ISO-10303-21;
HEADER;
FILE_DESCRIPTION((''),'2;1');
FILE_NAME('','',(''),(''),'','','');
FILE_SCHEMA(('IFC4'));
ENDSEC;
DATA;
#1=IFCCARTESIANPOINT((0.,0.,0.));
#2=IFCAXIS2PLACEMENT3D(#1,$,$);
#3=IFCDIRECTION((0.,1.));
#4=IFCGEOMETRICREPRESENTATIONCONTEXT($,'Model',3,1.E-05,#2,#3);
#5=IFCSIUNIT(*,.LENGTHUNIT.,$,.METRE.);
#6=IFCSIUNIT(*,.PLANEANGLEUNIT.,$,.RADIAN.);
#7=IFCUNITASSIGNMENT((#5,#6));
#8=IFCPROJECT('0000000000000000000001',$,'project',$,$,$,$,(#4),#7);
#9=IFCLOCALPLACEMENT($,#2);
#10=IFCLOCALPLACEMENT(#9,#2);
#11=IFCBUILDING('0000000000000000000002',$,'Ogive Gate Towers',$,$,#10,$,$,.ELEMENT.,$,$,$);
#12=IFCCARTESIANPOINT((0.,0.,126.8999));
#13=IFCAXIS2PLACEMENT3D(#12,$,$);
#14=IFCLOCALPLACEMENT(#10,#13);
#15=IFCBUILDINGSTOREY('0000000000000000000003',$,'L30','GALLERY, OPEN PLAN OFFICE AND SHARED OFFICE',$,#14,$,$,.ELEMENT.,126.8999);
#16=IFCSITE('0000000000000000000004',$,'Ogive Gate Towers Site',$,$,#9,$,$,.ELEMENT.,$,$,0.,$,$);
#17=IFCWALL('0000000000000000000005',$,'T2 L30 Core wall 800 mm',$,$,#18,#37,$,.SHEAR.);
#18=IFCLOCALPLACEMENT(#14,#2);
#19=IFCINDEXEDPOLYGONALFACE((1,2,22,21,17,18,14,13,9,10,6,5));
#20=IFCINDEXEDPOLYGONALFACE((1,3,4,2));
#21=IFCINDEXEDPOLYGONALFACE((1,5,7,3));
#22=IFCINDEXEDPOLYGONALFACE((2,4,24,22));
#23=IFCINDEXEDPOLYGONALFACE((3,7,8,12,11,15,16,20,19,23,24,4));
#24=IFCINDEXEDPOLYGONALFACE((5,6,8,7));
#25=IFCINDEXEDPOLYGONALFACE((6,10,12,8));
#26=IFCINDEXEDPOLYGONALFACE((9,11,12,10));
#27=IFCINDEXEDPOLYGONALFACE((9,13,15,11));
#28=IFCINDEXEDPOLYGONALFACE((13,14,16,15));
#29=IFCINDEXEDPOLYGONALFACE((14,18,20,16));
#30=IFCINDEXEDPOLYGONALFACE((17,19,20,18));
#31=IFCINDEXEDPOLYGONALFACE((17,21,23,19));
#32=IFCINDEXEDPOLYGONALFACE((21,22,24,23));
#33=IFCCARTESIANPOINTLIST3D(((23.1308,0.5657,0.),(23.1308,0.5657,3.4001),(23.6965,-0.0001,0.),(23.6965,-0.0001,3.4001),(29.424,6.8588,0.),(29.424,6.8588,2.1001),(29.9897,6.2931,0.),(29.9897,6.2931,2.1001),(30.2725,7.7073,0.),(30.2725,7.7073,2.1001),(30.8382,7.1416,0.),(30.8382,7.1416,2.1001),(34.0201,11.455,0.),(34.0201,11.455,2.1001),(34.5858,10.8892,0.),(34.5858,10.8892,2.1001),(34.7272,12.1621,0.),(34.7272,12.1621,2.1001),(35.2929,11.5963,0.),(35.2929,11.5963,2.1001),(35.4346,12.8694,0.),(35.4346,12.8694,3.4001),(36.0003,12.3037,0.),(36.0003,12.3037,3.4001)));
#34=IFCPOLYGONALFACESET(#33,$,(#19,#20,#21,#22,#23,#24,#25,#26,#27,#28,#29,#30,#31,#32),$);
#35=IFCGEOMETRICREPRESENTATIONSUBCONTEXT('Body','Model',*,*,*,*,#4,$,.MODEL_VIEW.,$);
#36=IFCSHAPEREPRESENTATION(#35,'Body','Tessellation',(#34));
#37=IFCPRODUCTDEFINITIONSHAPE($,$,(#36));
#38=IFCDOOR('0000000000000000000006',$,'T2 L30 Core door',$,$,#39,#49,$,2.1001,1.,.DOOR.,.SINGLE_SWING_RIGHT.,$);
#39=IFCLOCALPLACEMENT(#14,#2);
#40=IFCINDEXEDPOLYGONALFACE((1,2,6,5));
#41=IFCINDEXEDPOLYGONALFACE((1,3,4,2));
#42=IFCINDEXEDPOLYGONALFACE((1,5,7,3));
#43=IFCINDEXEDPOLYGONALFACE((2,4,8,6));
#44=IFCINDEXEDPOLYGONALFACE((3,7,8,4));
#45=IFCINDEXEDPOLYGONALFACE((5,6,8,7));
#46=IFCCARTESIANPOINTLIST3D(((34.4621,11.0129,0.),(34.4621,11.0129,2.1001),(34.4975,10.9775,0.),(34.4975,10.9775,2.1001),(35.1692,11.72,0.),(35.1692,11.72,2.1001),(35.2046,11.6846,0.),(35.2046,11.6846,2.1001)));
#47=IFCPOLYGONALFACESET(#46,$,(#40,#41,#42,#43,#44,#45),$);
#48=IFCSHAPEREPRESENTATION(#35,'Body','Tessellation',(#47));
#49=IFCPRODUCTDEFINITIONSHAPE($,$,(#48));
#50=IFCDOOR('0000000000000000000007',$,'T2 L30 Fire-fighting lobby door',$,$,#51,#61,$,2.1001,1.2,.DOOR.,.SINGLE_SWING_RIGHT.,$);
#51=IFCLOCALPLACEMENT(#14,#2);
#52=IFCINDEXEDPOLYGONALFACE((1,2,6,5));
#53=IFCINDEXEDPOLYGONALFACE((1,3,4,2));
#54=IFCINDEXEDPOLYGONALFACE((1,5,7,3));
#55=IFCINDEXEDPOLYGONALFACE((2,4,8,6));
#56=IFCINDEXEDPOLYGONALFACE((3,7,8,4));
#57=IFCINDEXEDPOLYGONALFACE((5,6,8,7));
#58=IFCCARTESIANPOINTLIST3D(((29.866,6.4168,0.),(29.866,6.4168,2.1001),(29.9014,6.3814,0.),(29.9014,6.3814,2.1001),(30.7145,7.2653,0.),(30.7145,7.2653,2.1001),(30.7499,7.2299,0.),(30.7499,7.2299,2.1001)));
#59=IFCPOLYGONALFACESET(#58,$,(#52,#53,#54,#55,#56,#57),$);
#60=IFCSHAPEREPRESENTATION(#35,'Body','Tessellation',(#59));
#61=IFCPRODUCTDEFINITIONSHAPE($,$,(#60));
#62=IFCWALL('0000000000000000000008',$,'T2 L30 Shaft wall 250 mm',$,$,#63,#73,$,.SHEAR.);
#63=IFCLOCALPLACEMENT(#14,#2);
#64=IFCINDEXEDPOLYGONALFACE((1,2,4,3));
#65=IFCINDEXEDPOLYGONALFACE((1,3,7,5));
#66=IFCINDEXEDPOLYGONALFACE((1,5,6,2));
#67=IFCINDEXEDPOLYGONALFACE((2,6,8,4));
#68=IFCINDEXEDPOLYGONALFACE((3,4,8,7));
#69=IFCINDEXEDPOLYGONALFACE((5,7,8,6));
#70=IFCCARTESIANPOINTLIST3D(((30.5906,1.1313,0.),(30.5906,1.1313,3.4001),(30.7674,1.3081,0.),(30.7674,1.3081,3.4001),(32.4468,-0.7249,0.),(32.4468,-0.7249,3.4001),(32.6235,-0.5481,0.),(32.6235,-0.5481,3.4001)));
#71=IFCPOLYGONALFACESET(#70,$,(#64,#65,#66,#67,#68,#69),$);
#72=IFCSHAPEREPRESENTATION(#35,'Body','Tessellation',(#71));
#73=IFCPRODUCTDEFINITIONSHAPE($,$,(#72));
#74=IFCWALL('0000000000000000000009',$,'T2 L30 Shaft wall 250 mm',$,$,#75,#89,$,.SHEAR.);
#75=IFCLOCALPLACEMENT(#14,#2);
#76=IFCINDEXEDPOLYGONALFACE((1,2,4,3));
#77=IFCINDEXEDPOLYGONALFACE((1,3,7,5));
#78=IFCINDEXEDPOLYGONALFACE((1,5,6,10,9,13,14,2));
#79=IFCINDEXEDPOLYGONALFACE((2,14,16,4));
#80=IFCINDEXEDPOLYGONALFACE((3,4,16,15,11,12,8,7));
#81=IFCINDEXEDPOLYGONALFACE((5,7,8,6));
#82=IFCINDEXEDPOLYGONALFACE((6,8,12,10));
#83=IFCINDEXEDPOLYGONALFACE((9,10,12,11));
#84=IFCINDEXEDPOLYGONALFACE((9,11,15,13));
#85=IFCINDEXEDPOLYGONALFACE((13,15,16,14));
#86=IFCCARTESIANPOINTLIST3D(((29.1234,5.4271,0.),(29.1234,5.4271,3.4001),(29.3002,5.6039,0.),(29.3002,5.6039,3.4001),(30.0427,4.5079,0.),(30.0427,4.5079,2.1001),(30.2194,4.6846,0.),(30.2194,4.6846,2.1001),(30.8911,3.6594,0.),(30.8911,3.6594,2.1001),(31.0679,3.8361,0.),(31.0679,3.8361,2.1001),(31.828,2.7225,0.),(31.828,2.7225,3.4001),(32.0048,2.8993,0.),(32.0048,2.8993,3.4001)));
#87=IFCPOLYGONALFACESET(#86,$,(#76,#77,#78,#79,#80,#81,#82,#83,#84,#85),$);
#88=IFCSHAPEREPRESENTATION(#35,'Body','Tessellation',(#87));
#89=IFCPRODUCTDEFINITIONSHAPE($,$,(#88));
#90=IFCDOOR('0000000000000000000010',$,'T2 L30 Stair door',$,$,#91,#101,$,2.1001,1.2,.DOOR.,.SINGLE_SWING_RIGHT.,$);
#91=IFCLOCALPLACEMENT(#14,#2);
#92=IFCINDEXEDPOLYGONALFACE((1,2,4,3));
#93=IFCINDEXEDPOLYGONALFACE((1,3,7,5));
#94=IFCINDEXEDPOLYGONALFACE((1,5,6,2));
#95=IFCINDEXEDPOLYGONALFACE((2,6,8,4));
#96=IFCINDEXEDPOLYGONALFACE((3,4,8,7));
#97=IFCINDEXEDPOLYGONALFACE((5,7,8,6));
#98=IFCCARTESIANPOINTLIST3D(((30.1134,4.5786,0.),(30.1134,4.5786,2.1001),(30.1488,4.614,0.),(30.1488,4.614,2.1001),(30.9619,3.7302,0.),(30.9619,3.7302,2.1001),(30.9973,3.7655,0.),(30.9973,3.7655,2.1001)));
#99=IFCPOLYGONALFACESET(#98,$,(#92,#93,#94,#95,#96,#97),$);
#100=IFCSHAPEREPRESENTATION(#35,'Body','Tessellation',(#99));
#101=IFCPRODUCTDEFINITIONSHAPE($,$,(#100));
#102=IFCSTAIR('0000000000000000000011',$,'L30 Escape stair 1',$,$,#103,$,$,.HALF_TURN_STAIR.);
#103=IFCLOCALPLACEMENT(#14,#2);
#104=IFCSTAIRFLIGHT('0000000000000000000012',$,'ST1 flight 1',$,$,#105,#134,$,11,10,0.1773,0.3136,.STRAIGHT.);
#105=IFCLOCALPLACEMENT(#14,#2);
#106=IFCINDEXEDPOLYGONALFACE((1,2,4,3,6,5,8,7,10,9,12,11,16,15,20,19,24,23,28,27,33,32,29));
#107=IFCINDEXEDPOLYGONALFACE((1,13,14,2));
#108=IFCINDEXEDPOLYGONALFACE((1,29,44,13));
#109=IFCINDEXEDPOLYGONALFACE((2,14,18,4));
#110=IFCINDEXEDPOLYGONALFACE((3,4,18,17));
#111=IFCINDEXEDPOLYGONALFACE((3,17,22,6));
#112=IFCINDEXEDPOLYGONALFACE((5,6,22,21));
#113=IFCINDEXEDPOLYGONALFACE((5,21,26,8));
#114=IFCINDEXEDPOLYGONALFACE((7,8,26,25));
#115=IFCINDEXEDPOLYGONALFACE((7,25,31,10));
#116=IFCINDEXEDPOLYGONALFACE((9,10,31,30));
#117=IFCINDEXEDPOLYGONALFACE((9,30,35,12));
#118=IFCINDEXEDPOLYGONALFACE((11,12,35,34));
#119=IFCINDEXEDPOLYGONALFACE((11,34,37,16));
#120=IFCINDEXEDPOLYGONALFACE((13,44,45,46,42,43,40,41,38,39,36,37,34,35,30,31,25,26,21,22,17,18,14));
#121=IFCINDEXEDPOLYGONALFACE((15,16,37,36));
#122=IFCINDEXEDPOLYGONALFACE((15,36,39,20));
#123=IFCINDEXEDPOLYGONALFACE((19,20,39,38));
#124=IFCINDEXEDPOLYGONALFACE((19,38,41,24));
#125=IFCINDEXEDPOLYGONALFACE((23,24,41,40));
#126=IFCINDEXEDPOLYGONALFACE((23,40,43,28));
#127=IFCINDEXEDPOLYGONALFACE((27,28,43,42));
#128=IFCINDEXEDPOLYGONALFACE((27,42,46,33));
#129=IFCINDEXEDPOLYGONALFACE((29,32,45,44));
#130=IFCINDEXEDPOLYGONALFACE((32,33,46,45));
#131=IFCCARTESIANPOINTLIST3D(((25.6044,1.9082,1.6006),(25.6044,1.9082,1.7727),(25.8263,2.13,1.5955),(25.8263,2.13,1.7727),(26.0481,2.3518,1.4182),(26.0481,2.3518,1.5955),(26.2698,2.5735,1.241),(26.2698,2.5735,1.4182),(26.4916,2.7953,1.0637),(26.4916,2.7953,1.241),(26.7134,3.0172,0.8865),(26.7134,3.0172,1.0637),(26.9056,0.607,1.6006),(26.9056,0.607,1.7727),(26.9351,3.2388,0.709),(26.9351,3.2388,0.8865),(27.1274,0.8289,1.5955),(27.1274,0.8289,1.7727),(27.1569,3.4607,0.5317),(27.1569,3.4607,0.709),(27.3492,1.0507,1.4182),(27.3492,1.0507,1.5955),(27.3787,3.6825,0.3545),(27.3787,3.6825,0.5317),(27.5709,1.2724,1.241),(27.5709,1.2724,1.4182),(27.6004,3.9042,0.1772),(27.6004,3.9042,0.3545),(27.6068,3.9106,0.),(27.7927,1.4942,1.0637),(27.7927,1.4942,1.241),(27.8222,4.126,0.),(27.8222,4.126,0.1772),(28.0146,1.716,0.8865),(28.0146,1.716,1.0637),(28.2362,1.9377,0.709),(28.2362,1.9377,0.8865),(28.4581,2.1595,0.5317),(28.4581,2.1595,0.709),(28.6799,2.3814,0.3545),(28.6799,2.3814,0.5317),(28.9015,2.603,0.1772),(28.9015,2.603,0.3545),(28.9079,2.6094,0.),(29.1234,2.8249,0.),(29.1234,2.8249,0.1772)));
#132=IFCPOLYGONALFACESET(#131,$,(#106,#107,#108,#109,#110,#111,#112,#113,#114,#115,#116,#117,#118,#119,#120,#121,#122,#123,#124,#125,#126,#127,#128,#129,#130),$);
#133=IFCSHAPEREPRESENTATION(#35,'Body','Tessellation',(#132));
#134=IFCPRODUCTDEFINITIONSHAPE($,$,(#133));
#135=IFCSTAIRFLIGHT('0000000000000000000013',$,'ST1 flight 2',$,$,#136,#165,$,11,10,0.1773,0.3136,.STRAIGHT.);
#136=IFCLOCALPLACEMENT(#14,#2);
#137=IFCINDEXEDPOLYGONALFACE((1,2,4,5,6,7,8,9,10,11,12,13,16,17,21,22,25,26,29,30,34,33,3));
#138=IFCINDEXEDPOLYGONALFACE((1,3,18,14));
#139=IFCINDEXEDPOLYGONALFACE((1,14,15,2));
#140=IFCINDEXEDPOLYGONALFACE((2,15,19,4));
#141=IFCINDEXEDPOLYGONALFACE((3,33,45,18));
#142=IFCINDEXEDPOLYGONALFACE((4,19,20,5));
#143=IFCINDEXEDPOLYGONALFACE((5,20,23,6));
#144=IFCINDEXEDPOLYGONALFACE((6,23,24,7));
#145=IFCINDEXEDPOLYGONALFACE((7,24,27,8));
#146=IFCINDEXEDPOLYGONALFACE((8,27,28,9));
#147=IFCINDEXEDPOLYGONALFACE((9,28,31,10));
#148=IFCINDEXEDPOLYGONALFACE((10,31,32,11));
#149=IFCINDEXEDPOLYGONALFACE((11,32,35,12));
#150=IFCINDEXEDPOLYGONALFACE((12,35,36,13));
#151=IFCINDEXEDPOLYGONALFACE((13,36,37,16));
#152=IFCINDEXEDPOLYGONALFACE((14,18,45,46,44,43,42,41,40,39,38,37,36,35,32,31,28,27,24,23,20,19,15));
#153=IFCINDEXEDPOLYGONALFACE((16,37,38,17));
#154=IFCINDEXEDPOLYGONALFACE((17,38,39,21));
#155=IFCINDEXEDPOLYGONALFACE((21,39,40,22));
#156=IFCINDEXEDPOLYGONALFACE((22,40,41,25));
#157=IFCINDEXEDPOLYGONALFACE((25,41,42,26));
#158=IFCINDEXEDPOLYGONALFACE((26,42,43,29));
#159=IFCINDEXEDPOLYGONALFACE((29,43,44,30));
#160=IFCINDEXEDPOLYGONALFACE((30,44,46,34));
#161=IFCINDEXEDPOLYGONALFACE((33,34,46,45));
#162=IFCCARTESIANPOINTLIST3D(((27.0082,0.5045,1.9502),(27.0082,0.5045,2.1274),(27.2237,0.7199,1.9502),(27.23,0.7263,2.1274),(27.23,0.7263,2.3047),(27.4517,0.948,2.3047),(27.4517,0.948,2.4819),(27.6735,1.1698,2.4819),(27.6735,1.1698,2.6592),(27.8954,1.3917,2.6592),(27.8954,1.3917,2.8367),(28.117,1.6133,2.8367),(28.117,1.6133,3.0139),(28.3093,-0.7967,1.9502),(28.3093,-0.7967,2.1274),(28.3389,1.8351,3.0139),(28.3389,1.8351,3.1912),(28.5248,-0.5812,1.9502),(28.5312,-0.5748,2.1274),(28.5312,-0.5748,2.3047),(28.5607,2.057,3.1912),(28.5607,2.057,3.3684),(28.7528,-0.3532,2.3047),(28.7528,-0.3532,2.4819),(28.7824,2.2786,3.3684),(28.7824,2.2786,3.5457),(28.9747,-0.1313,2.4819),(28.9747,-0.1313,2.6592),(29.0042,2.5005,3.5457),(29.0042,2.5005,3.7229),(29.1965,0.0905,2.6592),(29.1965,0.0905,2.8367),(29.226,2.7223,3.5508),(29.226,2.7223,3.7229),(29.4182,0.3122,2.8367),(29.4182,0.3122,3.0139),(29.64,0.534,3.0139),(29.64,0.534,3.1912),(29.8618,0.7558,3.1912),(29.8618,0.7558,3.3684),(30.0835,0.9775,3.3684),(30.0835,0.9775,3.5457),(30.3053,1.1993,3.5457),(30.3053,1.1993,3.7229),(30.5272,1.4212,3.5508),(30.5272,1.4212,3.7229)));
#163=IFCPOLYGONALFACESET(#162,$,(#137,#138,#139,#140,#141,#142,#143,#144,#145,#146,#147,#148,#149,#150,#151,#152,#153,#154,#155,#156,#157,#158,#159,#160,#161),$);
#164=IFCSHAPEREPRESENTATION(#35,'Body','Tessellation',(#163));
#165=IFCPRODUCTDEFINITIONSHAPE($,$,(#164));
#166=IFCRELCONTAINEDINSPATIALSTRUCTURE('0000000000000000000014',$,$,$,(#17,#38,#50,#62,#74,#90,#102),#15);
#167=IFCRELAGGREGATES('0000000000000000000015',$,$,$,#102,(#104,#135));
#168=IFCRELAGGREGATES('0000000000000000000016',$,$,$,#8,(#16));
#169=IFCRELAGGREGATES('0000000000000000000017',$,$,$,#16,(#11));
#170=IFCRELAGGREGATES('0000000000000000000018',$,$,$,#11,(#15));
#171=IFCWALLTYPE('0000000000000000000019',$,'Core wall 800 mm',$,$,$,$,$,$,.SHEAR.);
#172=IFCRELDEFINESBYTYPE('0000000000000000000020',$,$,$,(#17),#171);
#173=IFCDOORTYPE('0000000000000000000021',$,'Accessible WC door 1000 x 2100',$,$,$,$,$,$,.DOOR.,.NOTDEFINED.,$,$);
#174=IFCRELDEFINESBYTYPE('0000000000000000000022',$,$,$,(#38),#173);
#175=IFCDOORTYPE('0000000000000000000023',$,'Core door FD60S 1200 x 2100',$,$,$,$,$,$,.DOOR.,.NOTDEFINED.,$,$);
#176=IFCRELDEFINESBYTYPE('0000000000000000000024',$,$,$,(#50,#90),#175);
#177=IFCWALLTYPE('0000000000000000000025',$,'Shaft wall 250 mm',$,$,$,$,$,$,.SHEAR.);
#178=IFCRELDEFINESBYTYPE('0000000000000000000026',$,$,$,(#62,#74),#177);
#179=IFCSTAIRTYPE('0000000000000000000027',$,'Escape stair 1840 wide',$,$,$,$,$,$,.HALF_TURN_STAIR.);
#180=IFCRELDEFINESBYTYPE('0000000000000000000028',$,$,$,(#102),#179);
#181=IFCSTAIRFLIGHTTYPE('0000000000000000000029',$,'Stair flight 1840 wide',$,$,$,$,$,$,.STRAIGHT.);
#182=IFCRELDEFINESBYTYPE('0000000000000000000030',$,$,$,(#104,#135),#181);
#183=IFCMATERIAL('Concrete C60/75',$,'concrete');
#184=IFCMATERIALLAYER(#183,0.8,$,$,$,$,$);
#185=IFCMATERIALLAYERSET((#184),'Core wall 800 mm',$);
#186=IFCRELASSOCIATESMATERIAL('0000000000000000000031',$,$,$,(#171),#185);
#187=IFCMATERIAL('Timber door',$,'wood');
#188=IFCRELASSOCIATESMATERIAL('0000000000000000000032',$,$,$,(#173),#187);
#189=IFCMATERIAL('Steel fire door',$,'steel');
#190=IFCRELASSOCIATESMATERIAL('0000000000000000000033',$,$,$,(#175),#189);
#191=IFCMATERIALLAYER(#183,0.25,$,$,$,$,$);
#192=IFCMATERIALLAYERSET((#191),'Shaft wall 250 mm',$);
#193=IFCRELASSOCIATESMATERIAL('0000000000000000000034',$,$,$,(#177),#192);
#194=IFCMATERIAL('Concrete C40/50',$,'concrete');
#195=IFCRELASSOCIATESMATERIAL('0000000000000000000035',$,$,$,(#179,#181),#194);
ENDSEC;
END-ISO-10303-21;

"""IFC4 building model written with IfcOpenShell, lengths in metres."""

from ifc_helpers import new_model, si_unit, direction, frame, frame_2d, origin, place, context, subcontext, project, spatial, polyline, rectangle, outline, extrude, material, layer, layer_set, type_object, element, fill, aggregate, save


model = new_model("IFC4")

# Units and contexts
model_context = context("Model", 3, precision=1e-05, world=origin(), true_north=direction((0.0, 1.0)))
body_context = subcontext(model_context, "Body", "Model", "MODEL_VIEW")
ifc_project = project(units=[si_unit("LENGTHUNIT", "METRE"), si_unit("PLANEANGLEUNIT", "RADIAN")], contexts=[model_context])

# Site, building, storey
site_placement = place(None, origin())
site = spatial("IfcSite", under=ifc_project, at=site_placement, Name="Ogive Gate Towers Site", CompositionType="ELEMENT", RefElevation=0.0)
building_placement = place(site_placement, origin())
building = spatial("IfcBuilding", under=site, at=building_placement, Name="Ogive Gate Towers", CompositionType="ELEMENT")
storey_placement = place(building_placement, frame((0.0, 0.0, 126.8999)))
storey = spatial("IfcBuildingStorey", under=building, at=storey_placement, Name="L30", Description="GALLERY, OPEN PLAN OFFICE AND SHARED OFFICE", CompositionType="ELEMENT", Elevation=126.8999)

# Shared definitions
ifc_material_1 = material(Name="Concrete C40/50", Category="concrete")

# Shared definitions
ifc_material_2 = material(Name="Timber door", Category="wood")

# Wall, openings, doors
ifc_material_3 = material(Name="Concrete C60/75", Category="concrete")
ifc_layer_1 = layer(ifc_material_3, 0.8)
ifc_layer_set_1 = layer_set([ifc_layer_1], Name="Core wall 800 mm")
wall_type_1 = type_object("IfcWallType", Name="Core wall 800 mm", PredefinedType="SHEAR", material=ifc_layer_set_1)
wall_1_placement = place(storey_placement, frame((23.4136, 0.2827, 0.0), z_axis=(0.0, 0.0, 1.0), x_axis=(0.707107, 0.707107, 0.0)))
wall_1 = element("IfcWall", 1, at=wall_1_placement, inside=storey, type_object=wall_type_1, Name="T2 L30 Core wall 800 mm", PredefinedType="SHEAR", context=body_context, shape_type="SweptSolid", body=[
    extrude(rectangle(XDim=17.4001, YDim=0.8, at=frame_2d((8.7002, 0.0))), origin(), (0.0, 0.0, 1.0), 3.4001),
])
opening_1_placement = place(wall_1_placement, frame((8.8999, 0.0, 0.0)))
opening_1 = element("IfcOpeningElement", 2, at=opening_1_placement, cuts=wall_1, PredefinedType="OPENING", context=body_context, shape_type="SweptSolid", body=[
    extrude(rectangle(XDim=1.2, YDim=2.1001, at=frame_2d((0.6001, 1.05))), frame((0.0, 0.4102, 0.0), z_axis=(0.0, -1.0, 0.0), x_axis=(1.0, 0.0, 0.0)), (0.0, 0.0, 1.0), 0.8201),
])
opening_2_placement = place(wall_1_placement, frame((15.3999, 0.0, 0.0)))
opening_2 = element("IfcOpeningElement", 3, at=opening_2_placement, cuts=wall_1, PredefinedType="OPENING", context=body_context, shape_type="SweptSolid", body=[
    extrude(rectangle(XDim=1.0, YDim=2.1001, at=frame_2d((0.5, 1.05))), frame((0.0, 0.4102, 0.0), z_axis=(0.0, -1.0, 0.0), x_axis=(1.0, 0.0, 0.0)), (0.0, 0.0, 1.0), 0.8201),
])
door_type_1 = type_object("IfcDoorType", Name="Accessible WC door 1000 x 2100", OperationType="NOTDEFINED", PredefinedType="DOOR", material=ifc_material_2)
door_1_placement = place(opening_2_placement, origin())
door_1 = element("IfcDoor", 4, at=door_1_placement, inside=storey, type_object=door_type_1, Name="T2 L30 Core door", OperationType="SINGLE_SWING_RIGHT", OverallHeight=2.1001, OverallWidth=1.0, PredefinedType="DOOR", context=body_context, shape_type="SweptSolid", body=[
    extrude(rectangle(XDim=1.0, YDim=2.1001, at=frame_2d((0.5, 1.05))), frame((0.0, -0.2251, 0.0), z_axis=(0.0, -1.0, 0.0), x_axis=(1.0, 0.0, 0.0)), (0.0, 0.0, 1.0), 0.05),
])
fill(opening_2, door_1)
ifc_material_4 = material(Name="Steel fire door", Category="steel")
door_type_2 = type_object("IfcDoorType", Name="Core door FD60S 1200 x 2100", OperationType="NOTDEFINED", PredefinedType="DOOR", material=ifc_material_4)
door_2_placement = place(opening_1_placement, origin())
door_2 = element("IfcDoor", 5, at=door_2_placement, inside=storey, type_object=door_type_2, Name="T2 L30 Fire-fighting lobby door", OperationType="SINGLE_SWING_RIGHT", OverallHeight=2.1001, OverallWidth=1.2, PredefinedType="DOOR", context=body_context, shape_type="SweptSolid", body=[
    extrude(rectangle(XDim=1.2, YDim=2.1001, at=frame_2d((0.6001, 1.05))), frame((0.0, -0.2251, 0.0), z_axis=(0.0, -1.0, 0.0), x_axis=(1.0, 0.0, 0.0)), (0.0, 0.0, 1.0), 0.05),
])
fill(opening_1, door_2)

# Wall
ifc_layer_2 = layer(ifc_material_3, 0.25)
ifc_layer_set_2 = layer_set([ifc_layer_2], Name="Shaft wall 250 mm")
wall_type_2 = type_object("IfcWallType", Name="Shaft wall 250 mm", PredefinedType="SHEAR", material=ifc_layer_set_2)
wall_2_placement = place(storey_placement, frame((32.5352, -0.6365, 0.0), z_axis=(0.0, 0.0, 1.0), x_axis=(-0.707107, 0.707107, 0.0)))
element("IfcWall", 6, at=wall_2_placement, inside=storey, type_object=wall_type_2, Name="T2 L30 Shaft wall 250 mm", PredefinedType="SHEAR", context=body_context, shape_type="SweptSolid", body=[
    extrude(rectangle(XDim=2.625, YDim=0.25, at=frame_2d((1.3125, 0.0))), origin(), (0.0, 0.0, 1.0), 3.4001),
])

# Wall, opening, door
wall_3_placement = place(storey_placement, frame((31.9165, 2.8108, 0.0), z_axis=(0.0, 0.0, 1.0), x_axis=(-0.707107, 0.707107, 0.0)))
wall_3 = element("IfcWall", 7, at=wall_3_placement, inside=storey, type_object=wall_type_2, Name="T2 L30 Shaft wall 250 mm", PredefinedType="SHEAR", context=body_context, shape_type="SweptSolid", body=[
    extrude(rectangle(XDim=3.825, YDim=0.25, at=frame_2d((1.9126, 0.0))), origin(), (0.0, 0.0, 1.0), 3.4001),
])
opening_3_placement = place(wall_3_placement, frame((1.325, 0.0, 0.0)))
opening_3 = element("IfcOpeningElement", 8, at=opening_3_placement, cuts=wall_3, PredefinedType="OPENING", context=body_context, shape_type="SweptSolid", body=[
    extrude(rectangle(XDim=1.2, YDim=2.1001, at=frame_2d((0.6001, 1.05))), frame((0.0, 0.135, 0.0), z_axis=(0.0, -1.0, 0.0), x_axis=(1.0, 0.0, 0.0)), (0.0, 0.0, 1.0), 0.27),
])
door_3_placement = place(opening_3_placement, origin())
door_3 = element("IfcDoor", 9, at=door_3_placement, inside=storey, type_object=door_type_2, Name="T2 L30 Stair door", OperationType="SINGLE_SWING_RIGHT", OverallHeight=2.1001, OverallWidth=1.2, PredefinedType="DOOR", context=body_context, shape_type="SweptSolid", body=[
    extrude(rectangle(XDim=1.2, YDim=2.1001, at=frame_2d((0.6001, 1.05))), frame((0.0, 0.0249, 0.0), z_axis=(0.0, -1.0, 0.0), x_axis=(1.0, 0.0, 0.0)), (0.0, 0.0, 1.0), 0.05),
])
fill(opening_3, door_3)

# Stair, stair flights
stair_type = type_object("IfcStairType", Name="Escape stair 1840 wide", PredefinedType="HALF_TURN_STAIR", material=ifc_material_1)
stair_placement = place(storey_placement, origin())
stair = element("IfcStair", 10, at=stair_placement, inside=storey, type_object=stair_type, Name="L30 Escape stair 1", PredefinedType="HALF_TURN_STAIR")
stair_flight_type = type_object("IfcStairFlightType", Name="Stair flight 1840 wide", PredefinedType="STRAIGHT", material=ifc_material_1)
stair_flight_1_placement = place(storey_placement, frame((28.4729, 3.4753, 0.0), z_axis=(0.0, 0.0, 1.0), x_axis=(-0.707107, -0.707107, 0.0)))
stair_flight_1 = element("IfcStairFlight", 11, at=stair_flight_1_placement, type_object=stair_flight_type, Name="ST1 flight 1", NumberOfRisers=11, NumberOfTreads=10, PredefinedType="STRAIGHT", RiserHeight=0.1773, TreadLength=0.3136, context=body_context, shape_type="SweptSolid", body=[
    extrude(outline(polyline([(0.0, 0.0), (0.0, 0.1772), (0.3137, 0.1772), (0.3137, 0.3545), (0.6272, 0.3545), (0.6272, 0.5317), (0.9409, 0.5317), (0.9409, 0.709), (1.2546, 0.709), (1.2546, 0.8865), (1.5681, 0.8865), (1.5681, 1.0637), (1.8818, 1.0637), (1.8818, 1.241), (2.1956, 1.241), (2.1956, 1.4182), (2.509, 1.4182), (2.509, 1.5955), (2.8228, 1.5955), (2.8228, 1.7727), (3.1365, 1.7727), (3.1365, 1.95), (3.1365, 1.6006), (0.3047, 0.0), (0.0, 0.0)])), frame((0.0, 0.9199, 0.0), z_axis=(0.0, -1.0, 0.0), x_axis=(1.0, 0.0, 0.0)), (0.0, 0.0, 1.0), 1.8401),
])
stair_flight_2_placement = place(storey_placement, frame((27.6587, -0.146, 1.9502), z_axis=(0.0, 0.0, 1.0), x_axis=(0.707107, 0.707107, 0.0)))
stair_flight_2 = element("IfcStairFlight", 12, at=stair_flight_2_placement, type_object=stair_flight_type, Name="ST1 flight 2", NumberOfRisers=11, NumberOfTreads=10, PredefinedType="STRAIGHT", RiserHeight=0.1773, TreadLength=0.3136, context=body_context, shape_type="SweptSolid", body=[
    extrude(outline(polyline([(0.0, 0.0), (0.0, 0.1772), (0.3137, 0.1772), (0.3137, 0.3545), (0.6272, 0.3545), (0.6272, 0.5317), (0.9409, 0.5317), (0.9409, 0.709), (1.2546, 0.709), (1.2546, 0.8865), (1.5681, 0.8865), (1.5681, 1.0637), (1.8818, 1.0637), (1.8818, 1.241), (2.1956, 1.241), (2.1956, 1.4182), (2.509, 1.4182), (2.509, 1.5955), (2.8228, 1.5955), (2.8228, 1.7727), (3.1365, 1.7727), (3.1365, 1.95), (3.1365, 1.6006), (0.3047, 0.0), (0.0, 0.0)])), frame((0.0, 0.9199, 0.0), z_axis=(0.0, -1.0, 0.0), x_axis=(1.0, 0.0, 0.0)), (0.0, 0.0, 1.0), 1.8401),
])
aggregate(stair, [stair_flight_1, stair_flight_2])

save(model, "model.ifc")
